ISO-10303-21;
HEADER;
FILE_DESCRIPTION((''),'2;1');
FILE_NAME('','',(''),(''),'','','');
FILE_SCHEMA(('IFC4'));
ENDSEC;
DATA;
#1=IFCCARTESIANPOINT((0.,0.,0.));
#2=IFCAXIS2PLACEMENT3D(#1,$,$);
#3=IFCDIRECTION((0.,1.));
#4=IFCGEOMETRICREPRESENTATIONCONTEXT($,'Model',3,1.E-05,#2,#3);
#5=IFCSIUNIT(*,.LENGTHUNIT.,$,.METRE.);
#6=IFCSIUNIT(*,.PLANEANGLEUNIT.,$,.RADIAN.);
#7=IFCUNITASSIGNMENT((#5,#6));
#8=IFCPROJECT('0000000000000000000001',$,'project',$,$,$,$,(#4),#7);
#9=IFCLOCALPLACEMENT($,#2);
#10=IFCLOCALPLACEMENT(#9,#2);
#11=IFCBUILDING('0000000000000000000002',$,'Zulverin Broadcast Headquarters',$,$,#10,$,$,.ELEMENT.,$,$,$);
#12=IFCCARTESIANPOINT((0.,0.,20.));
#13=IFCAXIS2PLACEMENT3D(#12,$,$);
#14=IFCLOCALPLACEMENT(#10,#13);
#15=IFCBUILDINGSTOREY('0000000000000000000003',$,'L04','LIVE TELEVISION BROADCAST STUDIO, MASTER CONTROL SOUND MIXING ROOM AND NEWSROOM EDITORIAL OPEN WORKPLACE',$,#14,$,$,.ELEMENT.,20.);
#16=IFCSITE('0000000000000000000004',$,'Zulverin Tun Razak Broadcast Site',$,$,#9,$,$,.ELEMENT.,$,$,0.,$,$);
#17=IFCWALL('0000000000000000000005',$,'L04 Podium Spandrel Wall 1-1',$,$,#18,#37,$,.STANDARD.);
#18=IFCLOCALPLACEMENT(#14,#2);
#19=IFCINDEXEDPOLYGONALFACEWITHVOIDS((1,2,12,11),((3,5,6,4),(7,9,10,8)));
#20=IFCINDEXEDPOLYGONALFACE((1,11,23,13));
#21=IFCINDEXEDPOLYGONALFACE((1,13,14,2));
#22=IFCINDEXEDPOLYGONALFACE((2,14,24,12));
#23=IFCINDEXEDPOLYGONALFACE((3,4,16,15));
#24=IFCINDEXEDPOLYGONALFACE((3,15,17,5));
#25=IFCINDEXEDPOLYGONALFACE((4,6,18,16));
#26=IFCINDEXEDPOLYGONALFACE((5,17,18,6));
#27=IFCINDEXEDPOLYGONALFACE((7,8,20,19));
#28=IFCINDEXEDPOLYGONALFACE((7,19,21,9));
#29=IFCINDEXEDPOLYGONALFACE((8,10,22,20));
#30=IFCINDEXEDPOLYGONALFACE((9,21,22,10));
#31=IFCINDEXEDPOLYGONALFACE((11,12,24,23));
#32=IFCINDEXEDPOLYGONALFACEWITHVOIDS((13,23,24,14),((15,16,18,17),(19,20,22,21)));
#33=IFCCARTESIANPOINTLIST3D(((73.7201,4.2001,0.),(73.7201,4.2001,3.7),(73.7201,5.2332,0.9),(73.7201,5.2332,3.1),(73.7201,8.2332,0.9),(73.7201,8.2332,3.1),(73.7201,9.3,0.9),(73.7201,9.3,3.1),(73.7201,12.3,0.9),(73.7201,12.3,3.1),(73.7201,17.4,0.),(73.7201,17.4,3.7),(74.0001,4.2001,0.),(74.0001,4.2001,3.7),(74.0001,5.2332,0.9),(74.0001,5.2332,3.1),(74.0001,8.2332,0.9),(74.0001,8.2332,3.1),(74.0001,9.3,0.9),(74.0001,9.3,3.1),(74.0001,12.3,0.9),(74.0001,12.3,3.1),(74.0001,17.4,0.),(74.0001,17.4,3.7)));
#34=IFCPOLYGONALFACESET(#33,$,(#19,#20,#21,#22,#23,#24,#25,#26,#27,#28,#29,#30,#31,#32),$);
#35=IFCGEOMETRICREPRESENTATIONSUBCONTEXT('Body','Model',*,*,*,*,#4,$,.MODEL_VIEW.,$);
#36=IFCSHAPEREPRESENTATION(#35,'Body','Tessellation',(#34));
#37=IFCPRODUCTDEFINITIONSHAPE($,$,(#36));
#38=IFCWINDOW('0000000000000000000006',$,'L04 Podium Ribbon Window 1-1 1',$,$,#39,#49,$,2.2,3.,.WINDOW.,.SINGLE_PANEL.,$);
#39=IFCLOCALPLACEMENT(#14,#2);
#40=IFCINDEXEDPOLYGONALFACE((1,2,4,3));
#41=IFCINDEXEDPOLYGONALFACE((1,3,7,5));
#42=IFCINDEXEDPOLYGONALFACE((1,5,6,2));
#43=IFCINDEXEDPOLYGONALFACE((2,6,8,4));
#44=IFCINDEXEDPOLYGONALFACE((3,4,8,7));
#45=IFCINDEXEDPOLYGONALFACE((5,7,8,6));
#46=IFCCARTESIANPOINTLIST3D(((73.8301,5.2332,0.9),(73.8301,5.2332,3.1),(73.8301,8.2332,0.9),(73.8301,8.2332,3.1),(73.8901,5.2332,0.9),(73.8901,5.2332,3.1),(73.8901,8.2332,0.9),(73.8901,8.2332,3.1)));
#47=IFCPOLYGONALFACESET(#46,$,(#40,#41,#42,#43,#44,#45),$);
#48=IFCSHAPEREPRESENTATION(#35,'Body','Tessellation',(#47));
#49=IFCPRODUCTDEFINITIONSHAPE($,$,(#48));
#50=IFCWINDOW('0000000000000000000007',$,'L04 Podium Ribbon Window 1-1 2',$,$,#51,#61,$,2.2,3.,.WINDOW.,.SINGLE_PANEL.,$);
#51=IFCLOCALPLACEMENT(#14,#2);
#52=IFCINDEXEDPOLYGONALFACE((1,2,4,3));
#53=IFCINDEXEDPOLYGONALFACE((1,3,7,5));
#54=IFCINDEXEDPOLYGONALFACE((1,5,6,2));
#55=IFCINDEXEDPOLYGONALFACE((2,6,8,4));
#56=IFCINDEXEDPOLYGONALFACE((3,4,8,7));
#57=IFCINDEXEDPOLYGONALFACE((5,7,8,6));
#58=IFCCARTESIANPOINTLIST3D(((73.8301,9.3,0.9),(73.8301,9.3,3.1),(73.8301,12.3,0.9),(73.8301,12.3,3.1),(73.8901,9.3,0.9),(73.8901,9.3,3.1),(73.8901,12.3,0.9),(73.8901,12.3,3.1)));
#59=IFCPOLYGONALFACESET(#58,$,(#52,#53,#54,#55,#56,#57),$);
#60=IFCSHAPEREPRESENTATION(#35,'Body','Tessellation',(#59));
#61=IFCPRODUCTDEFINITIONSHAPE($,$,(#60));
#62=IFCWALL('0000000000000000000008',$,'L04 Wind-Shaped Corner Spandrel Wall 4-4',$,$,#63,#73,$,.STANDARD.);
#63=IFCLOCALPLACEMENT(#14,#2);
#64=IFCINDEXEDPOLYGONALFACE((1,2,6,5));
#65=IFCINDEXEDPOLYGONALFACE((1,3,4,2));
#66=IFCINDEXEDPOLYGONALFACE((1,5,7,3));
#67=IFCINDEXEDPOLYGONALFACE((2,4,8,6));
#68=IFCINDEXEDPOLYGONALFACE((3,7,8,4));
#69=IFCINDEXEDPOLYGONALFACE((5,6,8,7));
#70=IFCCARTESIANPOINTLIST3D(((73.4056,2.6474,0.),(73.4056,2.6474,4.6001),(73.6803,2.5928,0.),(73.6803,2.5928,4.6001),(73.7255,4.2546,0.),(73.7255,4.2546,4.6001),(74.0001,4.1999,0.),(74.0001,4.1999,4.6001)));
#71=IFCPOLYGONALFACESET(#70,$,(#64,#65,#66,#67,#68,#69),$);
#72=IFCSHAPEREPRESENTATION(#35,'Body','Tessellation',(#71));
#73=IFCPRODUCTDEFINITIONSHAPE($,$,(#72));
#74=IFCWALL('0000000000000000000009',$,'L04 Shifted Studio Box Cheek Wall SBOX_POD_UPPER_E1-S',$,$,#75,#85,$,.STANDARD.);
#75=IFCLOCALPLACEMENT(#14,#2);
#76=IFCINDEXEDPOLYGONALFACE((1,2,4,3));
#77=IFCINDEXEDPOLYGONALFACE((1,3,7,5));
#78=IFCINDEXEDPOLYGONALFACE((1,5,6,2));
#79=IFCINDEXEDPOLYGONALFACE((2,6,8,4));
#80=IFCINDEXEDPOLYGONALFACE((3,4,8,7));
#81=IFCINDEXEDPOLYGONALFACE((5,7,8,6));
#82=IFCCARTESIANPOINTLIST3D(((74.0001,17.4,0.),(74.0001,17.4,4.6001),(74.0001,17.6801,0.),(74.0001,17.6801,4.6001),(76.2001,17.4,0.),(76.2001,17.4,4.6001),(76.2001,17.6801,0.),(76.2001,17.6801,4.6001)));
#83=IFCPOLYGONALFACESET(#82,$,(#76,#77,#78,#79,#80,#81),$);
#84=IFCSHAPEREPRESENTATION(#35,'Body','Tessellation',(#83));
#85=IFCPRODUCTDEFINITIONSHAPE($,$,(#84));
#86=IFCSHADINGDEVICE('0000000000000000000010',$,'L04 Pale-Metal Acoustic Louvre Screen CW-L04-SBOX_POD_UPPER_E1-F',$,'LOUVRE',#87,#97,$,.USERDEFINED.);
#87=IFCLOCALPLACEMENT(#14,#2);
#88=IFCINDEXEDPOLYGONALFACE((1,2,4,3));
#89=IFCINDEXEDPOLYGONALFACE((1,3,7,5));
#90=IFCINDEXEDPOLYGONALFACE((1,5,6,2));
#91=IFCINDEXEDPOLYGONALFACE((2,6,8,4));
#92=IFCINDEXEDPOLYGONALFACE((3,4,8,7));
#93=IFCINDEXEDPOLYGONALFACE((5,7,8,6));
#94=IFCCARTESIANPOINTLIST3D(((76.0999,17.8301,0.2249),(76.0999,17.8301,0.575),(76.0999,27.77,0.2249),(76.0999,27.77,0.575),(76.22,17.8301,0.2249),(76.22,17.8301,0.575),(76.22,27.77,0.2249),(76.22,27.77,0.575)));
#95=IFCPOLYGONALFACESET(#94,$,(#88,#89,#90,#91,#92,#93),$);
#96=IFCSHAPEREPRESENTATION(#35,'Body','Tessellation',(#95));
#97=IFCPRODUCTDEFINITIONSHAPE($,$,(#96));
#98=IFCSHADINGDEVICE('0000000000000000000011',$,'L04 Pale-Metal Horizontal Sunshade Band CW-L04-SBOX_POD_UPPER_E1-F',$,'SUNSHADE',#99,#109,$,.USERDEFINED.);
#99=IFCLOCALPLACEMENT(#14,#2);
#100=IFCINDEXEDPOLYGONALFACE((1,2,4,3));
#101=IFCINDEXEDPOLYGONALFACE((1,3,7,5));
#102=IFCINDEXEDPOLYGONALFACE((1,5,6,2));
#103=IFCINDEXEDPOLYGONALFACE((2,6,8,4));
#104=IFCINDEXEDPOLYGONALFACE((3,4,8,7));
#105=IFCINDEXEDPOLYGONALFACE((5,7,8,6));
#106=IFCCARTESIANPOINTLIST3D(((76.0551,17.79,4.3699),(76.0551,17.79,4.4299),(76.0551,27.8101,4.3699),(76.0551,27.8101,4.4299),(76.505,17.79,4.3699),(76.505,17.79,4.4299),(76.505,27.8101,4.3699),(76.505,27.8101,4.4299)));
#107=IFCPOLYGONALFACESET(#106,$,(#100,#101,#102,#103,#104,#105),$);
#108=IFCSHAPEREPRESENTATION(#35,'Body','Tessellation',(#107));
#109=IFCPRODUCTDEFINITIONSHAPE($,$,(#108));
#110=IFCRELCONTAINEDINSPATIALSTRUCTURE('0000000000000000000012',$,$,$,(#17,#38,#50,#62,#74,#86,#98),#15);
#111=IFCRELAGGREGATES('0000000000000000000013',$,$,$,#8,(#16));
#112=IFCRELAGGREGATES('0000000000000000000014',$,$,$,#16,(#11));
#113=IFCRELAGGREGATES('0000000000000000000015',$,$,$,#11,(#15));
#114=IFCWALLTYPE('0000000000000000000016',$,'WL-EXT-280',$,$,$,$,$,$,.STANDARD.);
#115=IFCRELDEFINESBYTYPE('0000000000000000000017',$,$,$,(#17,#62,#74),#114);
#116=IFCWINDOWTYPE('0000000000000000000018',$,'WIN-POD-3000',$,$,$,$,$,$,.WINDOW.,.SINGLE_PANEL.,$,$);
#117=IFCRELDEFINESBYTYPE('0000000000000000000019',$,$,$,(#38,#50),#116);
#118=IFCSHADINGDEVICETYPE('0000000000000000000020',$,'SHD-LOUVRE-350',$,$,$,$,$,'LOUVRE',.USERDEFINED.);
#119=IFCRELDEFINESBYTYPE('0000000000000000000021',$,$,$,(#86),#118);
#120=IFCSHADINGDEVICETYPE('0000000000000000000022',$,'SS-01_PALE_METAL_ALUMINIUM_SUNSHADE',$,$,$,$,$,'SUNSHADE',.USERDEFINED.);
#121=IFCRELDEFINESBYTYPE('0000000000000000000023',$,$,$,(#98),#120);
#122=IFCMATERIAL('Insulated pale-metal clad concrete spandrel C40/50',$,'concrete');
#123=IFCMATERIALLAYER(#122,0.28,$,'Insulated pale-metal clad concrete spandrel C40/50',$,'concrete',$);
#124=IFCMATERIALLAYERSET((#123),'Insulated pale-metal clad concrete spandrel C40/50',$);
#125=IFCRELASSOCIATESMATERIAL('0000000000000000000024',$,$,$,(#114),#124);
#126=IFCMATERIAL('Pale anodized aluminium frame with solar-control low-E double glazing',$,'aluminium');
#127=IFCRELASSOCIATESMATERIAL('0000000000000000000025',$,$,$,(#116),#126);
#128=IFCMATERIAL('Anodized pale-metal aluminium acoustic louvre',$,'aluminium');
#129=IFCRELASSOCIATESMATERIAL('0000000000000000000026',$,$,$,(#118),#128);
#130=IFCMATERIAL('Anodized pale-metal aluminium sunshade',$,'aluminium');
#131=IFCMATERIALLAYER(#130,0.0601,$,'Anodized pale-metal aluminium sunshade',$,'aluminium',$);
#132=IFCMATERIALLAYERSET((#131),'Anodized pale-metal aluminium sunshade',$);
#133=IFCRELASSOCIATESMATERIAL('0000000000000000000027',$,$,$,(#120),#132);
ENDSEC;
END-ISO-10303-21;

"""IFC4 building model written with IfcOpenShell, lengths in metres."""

from ifc_helpers import new_model, si_unit, direction, frame, frame_2d, origin, origin_2d, place, context, subcontext, project, spatial, rectangle, extrude, material, layer, layer_set, type_object, element, fill, save


model = new_model("IFC4")

# Units and contexts
model_context = context("Model", 3, precision=1e-05, world=origin(), true_north=direction((0.0, 1.0)))
body_context = subcontext(model_context, "Body", "Model", "MODEL_VIEW")
ifc_project = project(units=[si_unit("LENGTHUNIT", "METRE"), si_unit("PLANEANGLEUNIT", "RADIAN")], contexts=[model_context])

# Site, building, storey
site_placement = place(None, origin())
site = spatial("IfcSite", under=ifc_project, at=site_placement, Name="Zulverin Tun Razak Broadcast Site", CompositionType="ELEMENT", RefElevation=0.0)
building_placement = place(site_placement, origin())
building = spatial("IfcBuilding", under=site, at=building_placement, Name="Zulverin Broadcast Headquarters", CompositionType="ELEMENT")
storey_placement = place(building_placement, frame((0.0, 0.0, 20.0)))
storey = spatial("IfcBuildingStorey", under=building, at=storey_placement, Name="L04", Description="LIVE TELEVISION BROADCAST STUDIO, MASTER CONTROL SOUND MIXING ROOM AND NEWSROOM EDITORIAL OPEN WORKPLACE", CompositionType="ELEMENT", Elevation=20.0)

# Wall, openings, windows
ifc_material_1 = material(Name="Insulated pale-metal clad concrete spandrel C40/50", Category="concrete")
ifc_layer_1 = layer(ifc_material_1, 0.28, Name="Insulated pale-metal clad concrete spandrel C40/50", Category="concrete")
ifc_layer_set_1 = layer_set([ifc_layer_1], Name="Insulated pale-metal clad concrete spandrel C40/50")
wall_type = type_object("IfcWallType", Name="WL-EXT-280", PredefinedType="STANDARD", material=ifc_layer_set_1)
wall_1_placement = place(storey_placement, frame((73.8601, 4.2, 0.0), z_axis=(0.0, 0.0, 1.0), x_axis=(0.0, 1.0, 0.0)))
wall_1 = element("IfcWall", 1, at=wall_1_placement, inside=storey, type_object=wall_type, Name="L04 Podium Spandrel Wall 1-1", PredefinedType="STANDARD", context=body_context, shape_type="SweptSolid", body=[
    extrude(rectangle(XDim=13.2, YDim=0.28, at=frame_2d((6.6001, 0.0))), origin(), (0.0, 0.0, 1.0), 3.7),
])
opening_1_placement = place(wall_1_placement, frame((1.0332, 0.0, 0.8999)))
opening_1 = element("IfcOpeningElement", 2, at=opening_1_placement, cuts=wall_1, PredefinedType="OPENING", context=body_context, shape_type="SweptSolid", body=[
    extrude(rectangle(XDim=3.0, YDim=2.2, at=frame_2d((1.5, 1.1001))), frame((0.0, 0.1499, 0.0), z_axis=(0.0, -1.0, 0.0), x_axis=(1.0, 0.0, 0.0)), (0.0, 0.0, 1.0), 0.3),
])
opening_2_placement = place(wall_1_placement, frame((5.1001, 0.0, 0.8999)))
opening_2 = element("IfcOpeningElement", 3, at=opening_2_placement, cuts=wall_1, PredefinedType="OPENING", context=body_context, shape_type="SweptSolid", body=[
    extrude(rectangle(XDim=3.0, YDim=2.2, at=frame_2d((1.5, 1.1001))), frame((0.0, 0.1499, 0.0), z_axis=(0.0, -1.0, 0.0), x_axis=(1.0, 0.0, 0.0)), (0.0, 0.0, 1.0), 0.3),
])
ifc_material_2 = material(Name="Pale anodized aluminium frame with solar-control low-E double glazing", Category="aluminium")
window_type = type_object("IfcWindowType", Name="WIN-POD-3000", PartitioningType="SINGLE_PANEL", PredefinedType="WINDOW", material=ifc_material_2)
window_1_placement = place(opening_1_placement, origin())
window_1 = element("IfcWindow", 4, at=window_1_placement, inside=storey, type_object=window_type, Name="L04 Podium Ribbon Window 1-1 1", OverallHeight=2.2, OverallWidth=3.0, PartitioningType="SINGLE_PANEL", PredefinedType="WINDOW", context=body_context, shape_type="SweptSolid", body=[
    extrude(rectangle(XDim=3.0, YDim=2.2, at=frame_2d((1.5, 1.1001))), frame((0.0, 0.03, 0.0), z_axis=(0.0, -1.0, 0.0), x_axis=(1.0, 0.0, 0.0)), (0.0, 0.0, 1.0), 0.0601),
])
fill(opening_1, window_1)
window_2_placement = place(opening_2_placement, origin())
window_2 = element("IfcWindow", 5, at=window_2_placement, inside=storey, type_object=window_type, Name="L04 Podium Ribbon Window 1-1 2", OverallHeight=2.2, OverallWidth=3.0, PartitioningType="SINGLE_PANEL", PredefinedType="WINDOW", context=body_context, shape_type="SweptSolid", body=[
    extrude(rectangle(XDim=3.0, YDim=2.2, at=frame_2d((1.5, 1.1001))), frame((0.0, 0.03, 0.0), z_axis=(0.0, -1.0, 0.0), x_axis=(1.0, 0.0, 0.0)), (0.0, 0.0, 1.0), 0.0601),
])
fill(opening_2, window_2)

# Walls
wall_2_placement = place(storey_placement, frame((73.543, 2.6201, 0.0), z_axis=(0.0, 0.0, 1.0), x_axis=(0.195171, 0.980769, 0.0)))
element("IfcWall", 6, at=wall_2_placement, inside=storey, type_object=wall_type, Name="L04 Wind-Shaped Corner Spandrel Wall 4-4", PredefinedType="STANDARD", context=body_context, shape_type="SweptSolid", body=[
    extrude(rectangle(XDim=1.6387, YDim=0.28, at=frame_2d((0.8193, 0.0))), origin(), (0.0, 0.0, 1.0), 4.6001),
])
wall_3_placement = place(storey_placement, frame((74.0, 17.54, 0.0), z_axis=(0.0, 0.0, 1.0), x_axis=(1.0, 0.0, 0.0)))
element("IfcWall", 7, at=wall_3_placement, inside=storey, type_object=wall_type, Name="L04 Shifted Studio Box Cheek Wall SBOX_POD_UPPER_E1-S", PredefinedType="STANDARD", context=body_context, shape_type="SweptSolid", body=[
    extrude(rectangle(XDim=2.2, YDim=0.28, at=frame_2d((1.1001, 0.0))), origin(), (0.0, 0.0, 1.0), 4.6001),
])

# Shading devices
ifc_material_3 = material(Name="Anodized pale-metal aluminium acoustic louvre", Category="aluminium")
shading_device_type_1 = type_object("IfcShadingDeviceType", Name="SHD-LOUVRE-350", ElementType="LOUVRE", PredefinedType="USERDEFINED", material=ifc_material_3)
shading_device_1_placement = place(storey_placement, frame((76.1599, 22.8, 0.2249), z_axis=(0.0, 0.0, 1.0), x_axis=(0.0, 1.0, 0.0)))
element("IfcShadingDevice", 8, at=shading_device_1_placement, inside=storey, type_object=shading_device_type_1, Name="L04 Pale-Metal Acoustic Louvre Screen CW-L04-SBOX_POD_UPPER_E1-F", ObjectType="LOUVRE", PredefinedType="USERDEFINED", context=body_context, shape_type="SweptSolid", body=[
    extrude(rectangle(XDim=9.9399, YDim=0.1201, at=origin_2d()), origin(), (0.0, 0.0, 1.0), 0.3501),
])
ifc_material_4 = material(Name="Anodized pale-metal aluminium sunshade", Category="aluminium")
ifc_layer_2 = layer(ifc_material_4, 0.0601, Name="Anodized pale-metal aluminium sunshade", Category="aluminium")
ifc_layer_set_2 = layer_set([ifc_layer_2], Name="Anodized pale-metal aluminium sunshade")
shading_device_type_2 = type_object("IfcShadingDeviceType", Name="SS-01_PALE_METAL_ALUMINIUM_SUNSHADE", ElementType="SUNSHADE", PredefinedType="USERDEFINED", material=ifc_layer_set_2)
shading_device_2_placement = place(storey_placement, frame((76.28, 22.8, 4.3699), z_axis=(0.0, 0.0, 1.0), x_axis=(0.0, 1.0, 0.0)))
element("IfcShadingDevice", 9, at=shading_device_2_placement, inside=storey, type_object=shading_device_type_2, Name="L04 Pale-Metal Horizontal Sunshade Band CW-L04-SBOX_POD_UPPER_E1-F", ObjectType="SUNSHADE", PredefinedType="USERDEFINED", context=body_context, shape_type="SweptSolid", body=[
    extrude(rectangle(XDim=10.02, YDim=0.45, at=origin_2d()), origin(), (0.0, 0.0, 1.0), 0.0601),
])

save(model, "model.ifc")
